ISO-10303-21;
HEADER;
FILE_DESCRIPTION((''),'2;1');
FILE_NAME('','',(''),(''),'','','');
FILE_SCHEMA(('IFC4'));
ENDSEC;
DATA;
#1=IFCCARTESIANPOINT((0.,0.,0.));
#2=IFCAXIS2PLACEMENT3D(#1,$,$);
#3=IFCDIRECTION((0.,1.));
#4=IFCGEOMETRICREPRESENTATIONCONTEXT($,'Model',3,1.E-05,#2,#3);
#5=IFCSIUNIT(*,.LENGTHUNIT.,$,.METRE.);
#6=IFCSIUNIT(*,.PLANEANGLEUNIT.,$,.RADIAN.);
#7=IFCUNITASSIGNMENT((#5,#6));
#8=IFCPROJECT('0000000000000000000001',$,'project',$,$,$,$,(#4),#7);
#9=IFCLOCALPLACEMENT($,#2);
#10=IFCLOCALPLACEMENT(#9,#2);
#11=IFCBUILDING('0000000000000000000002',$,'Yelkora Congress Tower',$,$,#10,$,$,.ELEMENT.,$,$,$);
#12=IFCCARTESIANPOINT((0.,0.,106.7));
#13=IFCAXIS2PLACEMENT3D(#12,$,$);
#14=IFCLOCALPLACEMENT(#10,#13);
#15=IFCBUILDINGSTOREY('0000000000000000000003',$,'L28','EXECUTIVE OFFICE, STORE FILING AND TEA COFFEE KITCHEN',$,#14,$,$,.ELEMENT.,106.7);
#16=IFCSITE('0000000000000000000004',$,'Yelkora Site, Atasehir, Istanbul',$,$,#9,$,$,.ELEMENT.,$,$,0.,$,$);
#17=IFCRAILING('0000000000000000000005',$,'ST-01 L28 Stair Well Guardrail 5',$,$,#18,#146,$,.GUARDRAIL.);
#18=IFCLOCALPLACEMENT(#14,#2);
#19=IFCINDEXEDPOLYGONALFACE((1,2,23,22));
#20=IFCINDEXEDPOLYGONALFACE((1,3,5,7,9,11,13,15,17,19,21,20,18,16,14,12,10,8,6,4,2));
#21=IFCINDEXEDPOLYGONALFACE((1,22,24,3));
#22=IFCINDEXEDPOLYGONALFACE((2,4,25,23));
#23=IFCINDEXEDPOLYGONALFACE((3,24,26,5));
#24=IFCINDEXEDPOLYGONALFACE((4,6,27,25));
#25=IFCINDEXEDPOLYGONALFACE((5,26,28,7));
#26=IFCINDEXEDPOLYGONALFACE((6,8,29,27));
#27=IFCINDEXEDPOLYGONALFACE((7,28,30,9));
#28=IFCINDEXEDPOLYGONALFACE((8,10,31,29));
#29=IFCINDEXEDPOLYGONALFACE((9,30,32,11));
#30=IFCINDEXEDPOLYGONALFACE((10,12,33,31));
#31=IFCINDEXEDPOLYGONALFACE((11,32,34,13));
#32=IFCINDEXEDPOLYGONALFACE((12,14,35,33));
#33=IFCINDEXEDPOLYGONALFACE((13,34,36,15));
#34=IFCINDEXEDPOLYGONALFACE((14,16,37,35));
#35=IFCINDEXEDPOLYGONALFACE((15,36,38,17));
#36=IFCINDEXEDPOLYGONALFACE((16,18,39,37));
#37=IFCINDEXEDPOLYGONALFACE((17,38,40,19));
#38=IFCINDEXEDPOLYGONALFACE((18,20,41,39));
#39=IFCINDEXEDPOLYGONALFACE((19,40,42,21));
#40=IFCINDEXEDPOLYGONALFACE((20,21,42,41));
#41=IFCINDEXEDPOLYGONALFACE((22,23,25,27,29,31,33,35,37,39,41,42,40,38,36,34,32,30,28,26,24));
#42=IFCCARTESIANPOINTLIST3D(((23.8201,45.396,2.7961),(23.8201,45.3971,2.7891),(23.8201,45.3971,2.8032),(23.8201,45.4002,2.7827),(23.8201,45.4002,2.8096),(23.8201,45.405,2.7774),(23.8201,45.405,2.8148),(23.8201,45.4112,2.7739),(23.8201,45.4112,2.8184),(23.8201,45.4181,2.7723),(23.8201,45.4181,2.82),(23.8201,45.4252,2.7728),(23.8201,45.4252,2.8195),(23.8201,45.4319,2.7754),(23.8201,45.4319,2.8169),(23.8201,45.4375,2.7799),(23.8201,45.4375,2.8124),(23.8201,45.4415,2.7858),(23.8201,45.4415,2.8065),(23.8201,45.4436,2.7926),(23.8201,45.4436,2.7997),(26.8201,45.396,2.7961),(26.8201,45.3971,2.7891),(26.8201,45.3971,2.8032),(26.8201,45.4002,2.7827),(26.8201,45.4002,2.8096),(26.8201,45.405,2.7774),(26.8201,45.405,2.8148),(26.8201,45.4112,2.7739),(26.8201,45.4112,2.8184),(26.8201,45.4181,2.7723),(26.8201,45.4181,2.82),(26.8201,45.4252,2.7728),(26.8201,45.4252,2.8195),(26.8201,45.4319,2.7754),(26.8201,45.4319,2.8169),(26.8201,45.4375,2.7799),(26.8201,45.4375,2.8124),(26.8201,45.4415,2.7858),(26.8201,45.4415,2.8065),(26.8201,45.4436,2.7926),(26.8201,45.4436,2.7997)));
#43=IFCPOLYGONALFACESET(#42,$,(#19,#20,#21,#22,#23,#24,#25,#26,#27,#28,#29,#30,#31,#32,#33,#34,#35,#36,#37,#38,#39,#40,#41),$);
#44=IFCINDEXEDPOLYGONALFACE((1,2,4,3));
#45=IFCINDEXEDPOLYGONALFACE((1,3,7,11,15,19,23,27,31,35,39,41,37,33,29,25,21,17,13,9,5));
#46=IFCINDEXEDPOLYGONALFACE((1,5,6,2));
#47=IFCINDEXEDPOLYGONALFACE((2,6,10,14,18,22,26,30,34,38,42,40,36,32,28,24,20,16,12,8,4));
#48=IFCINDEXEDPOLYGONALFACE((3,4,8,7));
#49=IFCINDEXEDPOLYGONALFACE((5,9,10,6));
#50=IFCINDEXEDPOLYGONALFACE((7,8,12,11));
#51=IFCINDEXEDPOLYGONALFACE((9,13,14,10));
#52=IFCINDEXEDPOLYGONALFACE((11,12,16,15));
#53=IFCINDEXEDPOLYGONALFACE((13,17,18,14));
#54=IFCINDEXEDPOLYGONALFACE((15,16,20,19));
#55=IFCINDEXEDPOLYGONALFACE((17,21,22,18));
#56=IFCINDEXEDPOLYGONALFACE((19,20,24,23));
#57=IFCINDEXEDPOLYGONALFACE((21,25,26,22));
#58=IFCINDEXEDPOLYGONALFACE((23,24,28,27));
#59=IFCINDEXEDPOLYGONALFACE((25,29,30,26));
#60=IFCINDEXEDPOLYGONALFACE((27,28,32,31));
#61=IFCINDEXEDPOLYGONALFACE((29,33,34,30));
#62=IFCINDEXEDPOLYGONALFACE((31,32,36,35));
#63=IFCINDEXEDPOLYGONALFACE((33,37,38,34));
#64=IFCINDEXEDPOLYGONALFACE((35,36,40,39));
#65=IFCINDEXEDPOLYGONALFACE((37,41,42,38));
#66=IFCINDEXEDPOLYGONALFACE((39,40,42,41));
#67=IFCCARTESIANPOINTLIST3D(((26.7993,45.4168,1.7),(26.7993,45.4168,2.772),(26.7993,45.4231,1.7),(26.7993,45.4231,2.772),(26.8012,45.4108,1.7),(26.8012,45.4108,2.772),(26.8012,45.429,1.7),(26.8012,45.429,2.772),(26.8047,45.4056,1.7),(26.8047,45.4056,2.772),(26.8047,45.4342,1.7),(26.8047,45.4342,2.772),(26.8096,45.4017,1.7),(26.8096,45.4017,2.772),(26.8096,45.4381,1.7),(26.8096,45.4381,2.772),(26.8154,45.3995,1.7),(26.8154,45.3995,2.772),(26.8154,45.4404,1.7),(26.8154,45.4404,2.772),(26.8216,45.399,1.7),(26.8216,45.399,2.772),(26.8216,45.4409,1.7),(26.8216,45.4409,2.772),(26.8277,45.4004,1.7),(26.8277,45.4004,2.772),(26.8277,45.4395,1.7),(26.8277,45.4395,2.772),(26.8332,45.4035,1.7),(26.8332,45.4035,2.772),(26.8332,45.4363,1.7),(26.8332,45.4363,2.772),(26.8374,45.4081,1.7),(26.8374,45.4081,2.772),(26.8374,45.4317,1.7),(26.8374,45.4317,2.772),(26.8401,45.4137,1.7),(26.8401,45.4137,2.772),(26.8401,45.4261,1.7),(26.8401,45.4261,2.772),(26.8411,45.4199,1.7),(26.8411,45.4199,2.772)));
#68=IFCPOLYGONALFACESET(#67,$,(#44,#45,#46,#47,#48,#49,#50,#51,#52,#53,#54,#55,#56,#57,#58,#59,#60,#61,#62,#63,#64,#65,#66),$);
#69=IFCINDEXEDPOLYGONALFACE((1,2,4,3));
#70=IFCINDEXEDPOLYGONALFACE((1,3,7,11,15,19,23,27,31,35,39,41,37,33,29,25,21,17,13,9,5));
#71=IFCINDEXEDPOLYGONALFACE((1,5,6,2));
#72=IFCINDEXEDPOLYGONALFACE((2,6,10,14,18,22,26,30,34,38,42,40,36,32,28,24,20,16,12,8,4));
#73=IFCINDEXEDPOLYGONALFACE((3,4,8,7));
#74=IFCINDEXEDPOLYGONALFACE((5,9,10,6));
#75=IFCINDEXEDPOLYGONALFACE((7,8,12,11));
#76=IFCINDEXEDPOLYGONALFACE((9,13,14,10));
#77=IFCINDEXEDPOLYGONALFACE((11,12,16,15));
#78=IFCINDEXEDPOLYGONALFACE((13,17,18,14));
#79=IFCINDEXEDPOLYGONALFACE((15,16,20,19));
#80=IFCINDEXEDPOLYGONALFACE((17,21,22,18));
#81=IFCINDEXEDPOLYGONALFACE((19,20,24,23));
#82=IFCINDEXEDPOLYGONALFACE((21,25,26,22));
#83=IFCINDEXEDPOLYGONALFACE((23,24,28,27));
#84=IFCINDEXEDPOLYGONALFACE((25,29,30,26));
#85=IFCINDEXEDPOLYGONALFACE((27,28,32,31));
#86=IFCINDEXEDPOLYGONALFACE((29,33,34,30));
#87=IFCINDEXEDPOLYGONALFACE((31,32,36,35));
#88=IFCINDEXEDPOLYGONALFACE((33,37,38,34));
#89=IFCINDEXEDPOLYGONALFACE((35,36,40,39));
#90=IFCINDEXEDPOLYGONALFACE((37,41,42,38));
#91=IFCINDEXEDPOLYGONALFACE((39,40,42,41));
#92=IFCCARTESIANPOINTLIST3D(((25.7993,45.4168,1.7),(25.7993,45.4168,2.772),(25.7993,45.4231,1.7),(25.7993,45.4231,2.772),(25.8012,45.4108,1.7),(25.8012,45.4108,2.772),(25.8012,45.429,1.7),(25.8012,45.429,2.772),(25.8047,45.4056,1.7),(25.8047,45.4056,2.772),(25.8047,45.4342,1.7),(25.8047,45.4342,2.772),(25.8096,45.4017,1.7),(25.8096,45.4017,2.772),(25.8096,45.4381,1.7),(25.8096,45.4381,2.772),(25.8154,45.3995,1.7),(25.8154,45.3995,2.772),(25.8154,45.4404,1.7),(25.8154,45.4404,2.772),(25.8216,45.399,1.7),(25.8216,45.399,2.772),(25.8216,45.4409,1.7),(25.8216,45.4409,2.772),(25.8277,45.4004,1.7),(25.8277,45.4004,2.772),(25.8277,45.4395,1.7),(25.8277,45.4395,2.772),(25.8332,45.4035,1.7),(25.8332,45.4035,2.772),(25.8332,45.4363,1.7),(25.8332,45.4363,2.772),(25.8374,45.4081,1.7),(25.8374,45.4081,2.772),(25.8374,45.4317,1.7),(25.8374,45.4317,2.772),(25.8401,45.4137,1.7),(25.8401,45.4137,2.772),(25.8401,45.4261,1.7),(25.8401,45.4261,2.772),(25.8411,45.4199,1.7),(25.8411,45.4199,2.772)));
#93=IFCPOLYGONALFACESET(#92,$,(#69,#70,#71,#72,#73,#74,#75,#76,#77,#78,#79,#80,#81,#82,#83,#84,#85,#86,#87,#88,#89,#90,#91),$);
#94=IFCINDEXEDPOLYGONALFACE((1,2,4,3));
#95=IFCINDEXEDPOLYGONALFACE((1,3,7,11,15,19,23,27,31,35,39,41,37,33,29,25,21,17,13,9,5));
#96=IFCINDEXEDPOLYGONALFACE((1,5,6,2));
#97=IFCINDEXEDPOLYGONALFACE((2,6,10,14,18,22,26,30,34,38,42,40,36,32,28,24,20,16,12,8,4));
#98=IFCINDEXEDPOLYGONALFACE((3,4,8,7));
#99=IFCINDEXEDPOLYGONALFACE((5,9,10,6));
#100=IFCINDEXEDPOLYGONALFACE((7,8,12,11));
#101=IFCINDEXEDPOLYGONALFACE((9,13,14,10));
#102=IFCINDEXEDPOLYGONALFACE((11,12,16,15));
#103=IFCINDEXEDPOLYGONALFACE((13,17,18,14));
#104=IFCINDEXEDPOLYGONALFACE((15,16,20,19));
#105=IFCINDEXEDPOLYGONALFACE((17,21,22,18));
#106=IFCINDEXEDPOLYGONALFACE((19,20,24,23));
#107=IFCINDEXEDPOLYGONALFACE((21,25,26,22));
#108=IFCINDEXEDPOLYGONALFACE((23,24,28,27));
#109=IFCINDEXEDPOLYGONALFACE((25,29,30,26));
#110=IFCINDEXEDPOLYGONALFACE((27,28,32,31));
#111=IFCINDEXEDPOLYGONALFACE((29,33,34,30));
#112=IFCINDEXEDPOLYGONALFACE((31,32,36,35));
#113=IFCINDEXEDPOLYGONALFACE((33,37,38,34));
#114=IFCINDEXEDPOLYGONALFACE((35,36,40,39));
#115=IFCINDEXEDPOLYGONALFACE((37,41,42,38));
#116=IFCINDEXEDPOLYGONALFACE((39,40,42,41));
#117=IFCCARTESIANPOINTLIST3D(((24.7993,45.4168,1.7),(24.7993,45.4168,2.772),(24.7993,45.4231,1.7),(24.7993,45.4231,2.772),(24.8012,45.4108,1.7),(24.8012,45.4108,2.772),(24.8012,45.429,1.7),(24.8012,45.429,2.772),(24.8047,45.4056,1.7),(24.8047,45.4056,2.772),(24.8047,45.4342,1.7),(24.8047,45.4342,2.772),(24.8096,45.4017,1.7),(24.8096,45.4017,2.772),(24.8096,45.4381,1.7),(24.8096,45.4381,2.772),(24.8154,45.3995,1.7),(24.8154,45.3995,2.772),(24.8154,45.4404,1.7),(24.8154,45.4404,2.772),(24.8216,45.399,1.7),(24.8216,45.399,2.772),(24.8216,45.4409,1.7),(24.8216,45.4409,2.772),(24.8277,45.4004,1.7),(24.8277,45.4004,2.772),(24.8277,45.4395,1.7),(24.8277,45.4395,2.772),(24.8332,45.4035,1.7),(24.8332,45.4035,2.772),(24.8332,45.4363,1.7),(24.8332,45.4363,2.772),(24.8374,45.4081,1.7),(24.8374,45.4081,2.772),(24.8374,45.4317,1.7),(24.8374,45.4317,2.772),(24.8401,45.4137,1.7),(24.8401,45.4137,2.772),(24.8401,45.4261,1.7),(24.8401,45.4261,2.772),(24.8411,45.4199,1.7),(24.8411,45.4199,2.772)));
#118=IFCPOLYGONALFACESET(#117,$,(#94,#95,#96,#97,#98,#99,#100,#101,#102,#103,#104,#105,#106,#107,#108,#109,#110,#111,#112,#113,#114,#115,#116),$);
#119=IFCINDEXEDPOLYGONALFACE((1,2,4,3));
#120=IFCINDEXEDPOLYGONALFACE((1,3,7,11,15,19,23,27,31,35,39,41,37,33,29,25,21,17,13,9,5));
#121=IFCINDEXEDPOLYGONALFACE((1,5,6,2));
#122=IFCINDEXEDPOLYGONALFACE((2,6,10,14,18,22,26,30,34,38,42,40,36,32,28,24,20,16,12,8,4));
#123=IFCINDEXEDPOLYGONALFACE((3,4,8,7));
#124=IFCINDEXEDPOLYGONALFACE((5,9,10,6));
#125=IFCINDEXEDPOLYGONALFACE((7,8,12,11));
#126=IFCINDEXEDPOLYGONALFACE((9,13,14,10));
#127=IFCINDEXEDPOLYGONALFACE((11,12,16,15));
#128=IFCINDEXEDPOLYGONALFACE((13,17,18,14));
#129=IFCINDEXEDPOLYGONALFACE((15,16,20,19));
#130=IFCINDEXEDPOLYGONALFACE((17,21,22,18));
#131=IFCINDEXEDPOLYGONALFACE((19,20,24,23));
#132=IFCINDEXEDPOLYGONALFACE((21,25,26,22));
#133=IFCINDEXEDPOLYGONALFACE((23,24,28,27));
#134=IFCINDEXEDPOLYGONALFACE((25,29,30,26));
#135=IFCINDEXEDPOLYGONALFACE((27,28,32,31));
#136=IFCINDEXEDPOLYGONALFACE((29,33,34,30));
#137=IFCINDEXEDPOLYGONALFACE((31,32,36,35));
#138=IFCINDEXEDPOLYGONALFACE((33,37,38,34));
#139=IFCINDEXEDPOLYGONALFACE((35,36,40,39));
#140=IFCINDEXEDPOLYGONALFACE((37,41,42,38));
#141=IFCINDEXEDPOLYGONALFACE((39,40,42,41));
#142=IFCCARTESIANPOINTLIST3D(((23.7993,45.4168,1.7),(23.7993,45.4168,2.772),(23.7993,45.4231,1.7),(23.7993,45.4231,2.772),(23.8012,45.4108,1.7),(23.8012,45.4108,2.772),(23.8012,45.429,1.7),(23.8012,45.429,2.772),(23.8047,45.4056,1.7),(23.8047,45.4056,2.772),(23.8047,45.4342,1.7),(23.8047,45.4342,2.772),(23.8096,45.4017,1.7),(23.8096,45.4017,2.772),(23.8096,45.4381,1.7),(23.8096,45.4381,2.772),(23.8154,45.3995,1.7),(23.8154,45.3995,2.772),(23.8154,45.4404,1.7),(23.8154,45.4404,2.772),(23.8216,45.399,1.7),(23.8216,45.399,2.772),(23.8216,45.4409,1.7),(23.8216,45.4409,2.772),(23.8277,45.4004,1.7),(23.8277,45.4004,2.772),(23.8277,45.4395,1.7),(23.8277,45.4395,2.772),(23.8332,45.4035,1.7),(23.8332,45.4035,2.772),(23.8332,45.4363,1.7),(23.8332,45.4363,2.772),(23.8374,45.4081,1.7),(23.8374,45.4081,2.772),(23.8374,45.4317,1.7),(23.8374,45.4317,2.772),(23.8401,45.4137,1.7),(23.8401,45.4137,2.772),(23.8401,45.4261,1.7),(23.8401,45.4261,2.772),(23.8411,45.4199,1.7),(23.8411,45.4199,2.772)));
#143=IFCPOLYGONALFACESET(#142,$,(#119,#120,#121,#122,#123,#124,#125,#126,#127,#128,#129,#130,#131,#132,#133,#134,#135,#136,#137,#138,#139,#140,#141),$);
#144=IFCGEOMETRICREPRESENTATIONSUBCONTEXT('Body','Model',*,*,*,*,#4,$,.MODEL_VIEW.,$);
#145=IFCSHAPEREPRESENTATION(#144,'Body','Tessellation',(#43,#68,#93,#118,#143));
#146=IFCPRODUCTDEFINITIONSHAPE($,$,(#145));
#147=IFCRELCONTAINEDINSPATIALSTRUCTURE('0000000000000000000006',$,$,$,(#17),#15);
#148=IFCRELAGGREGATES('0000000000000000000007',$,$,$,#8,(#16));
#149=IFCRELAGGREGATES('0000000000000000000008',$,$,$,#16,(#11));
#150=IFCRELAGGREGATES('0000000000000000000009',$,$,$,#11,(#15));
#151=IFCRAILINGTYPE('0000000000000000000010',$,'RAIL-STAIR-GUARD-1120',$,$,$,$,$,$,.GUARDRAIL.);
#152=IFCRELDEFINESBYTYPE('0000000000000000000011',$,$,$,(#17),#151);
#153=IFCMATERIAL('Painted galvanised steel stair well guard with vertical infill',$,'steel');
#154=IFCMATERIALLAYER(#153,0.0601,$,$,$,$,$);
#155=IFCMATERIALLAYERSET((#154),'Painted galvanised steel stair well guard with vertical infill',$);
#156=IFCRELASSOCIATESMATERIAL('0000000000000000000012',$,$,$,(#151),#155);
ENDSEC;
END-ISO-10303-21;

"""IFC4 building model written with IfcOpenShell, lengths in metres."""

from ifc_helpers import new_model, si_unit, direction, frame, origin, origin_2d, place, context, subcontext, project, spatial, circle, extrude, material, layer, layer_set, type_object, element, save


model = new_model("IFC4")

# Units and contexts
model_context = context("Model", 3, precision=1e-05, world=origin(), true_north=direction((0.0, 1.0)))
body_context = subcontext(model_context, "Body", "Model", "MODEL_VIEW")
ifc_project = project(units=[si_unit("LENGTHUNIT", "METRE"), si_unit("PLANEANGLEUNIT", "RADIAN")], contexts=[model_context])

# Site, building, storey
site_placement = place(None, origin())
site = spatial("IfcSite", under=ifc_project, at=site_placement, Name="Yelkora Site, Atasehir, Istanbul", CompositionType="ELEMENT", RefElevation=0.0)
building_placement = place(site_placement, origin())
building = spatial("IfcBuilding", under=site, at=building_placement, Name="Yelkora Congress Tower", CompositionType="ELEMENT")
storey_placement = place(building_placement, frame((0.0, 0.0, 106.7)))
storey = spatial("IfcBuildingStorey", under=building, at=storey_placement, Name="L28", Description="EXECUTIVE OFFICE, STORE FILING AND TEA COFFEE KITCHEN", CompositionType="ELEMENT", Elevation=106.7)

# Railing
ifc_material_1 = material(Name="Painted galvanised steel stair well guard with vertical infill", Category="steel")
ifc_layer_1 = layer(ifc_material_1, 0.0601)
ifc_layer_set_1 = layer_set([ifc_layer_1], Name="Painted galvanised steel stair well guard with vertical infill")
railing_type_1 = type_object("IfcRailingType", Name="RAIL-STAIR-GUARD-1120", PredefinedType="GUARDRAIL", material=ifc_layer_set_1)
railing_1_placement = place(storey_placement, frame((26.8201, 45.4199, 1.7)))
element("IfcRailing", 1, at=railing_1_placement, inside=storey, type_object=railing_type_1, Name="ST-01 L28 Stair Well Guardrail 5", PredefinedType="GUARDRAIL", context=body_context, shape_type="SweptSolid", body=[
    extrude(circle(Radius=0.0239, at=origin_2d()), frame((0.0, 0.0, 1.0962), z_axis=(-1.0, 0.0, 0.0), x_axis=(0.0, -1.0, 0.0)), (0.0, 0.0, 1.0), 3.0),
    extrude(circle(Radius=0.021, at=origin_2d()), origin(), (0.0, 0.0, 1.0), 1.072),
    extrude(circle(Radius=0.021, at=origin_2d()), frame((-1.0, 0.0, 0.0)), (0.0, 0.0, 1.0), 1.072),
    extrude(circle(Radius=0.021, at=origin_2d()), frame((-2.0, 0.0, 0.0)), (0.0, 0.0, 1.0), 1.072),
    extrude(circle(Radius=0.021, at=origin_2d()), frame((-3.0, 0.0, 0.0)), (0.0, 0.0, 1.0), 1.072),
])

save(model, "model.ifc")
